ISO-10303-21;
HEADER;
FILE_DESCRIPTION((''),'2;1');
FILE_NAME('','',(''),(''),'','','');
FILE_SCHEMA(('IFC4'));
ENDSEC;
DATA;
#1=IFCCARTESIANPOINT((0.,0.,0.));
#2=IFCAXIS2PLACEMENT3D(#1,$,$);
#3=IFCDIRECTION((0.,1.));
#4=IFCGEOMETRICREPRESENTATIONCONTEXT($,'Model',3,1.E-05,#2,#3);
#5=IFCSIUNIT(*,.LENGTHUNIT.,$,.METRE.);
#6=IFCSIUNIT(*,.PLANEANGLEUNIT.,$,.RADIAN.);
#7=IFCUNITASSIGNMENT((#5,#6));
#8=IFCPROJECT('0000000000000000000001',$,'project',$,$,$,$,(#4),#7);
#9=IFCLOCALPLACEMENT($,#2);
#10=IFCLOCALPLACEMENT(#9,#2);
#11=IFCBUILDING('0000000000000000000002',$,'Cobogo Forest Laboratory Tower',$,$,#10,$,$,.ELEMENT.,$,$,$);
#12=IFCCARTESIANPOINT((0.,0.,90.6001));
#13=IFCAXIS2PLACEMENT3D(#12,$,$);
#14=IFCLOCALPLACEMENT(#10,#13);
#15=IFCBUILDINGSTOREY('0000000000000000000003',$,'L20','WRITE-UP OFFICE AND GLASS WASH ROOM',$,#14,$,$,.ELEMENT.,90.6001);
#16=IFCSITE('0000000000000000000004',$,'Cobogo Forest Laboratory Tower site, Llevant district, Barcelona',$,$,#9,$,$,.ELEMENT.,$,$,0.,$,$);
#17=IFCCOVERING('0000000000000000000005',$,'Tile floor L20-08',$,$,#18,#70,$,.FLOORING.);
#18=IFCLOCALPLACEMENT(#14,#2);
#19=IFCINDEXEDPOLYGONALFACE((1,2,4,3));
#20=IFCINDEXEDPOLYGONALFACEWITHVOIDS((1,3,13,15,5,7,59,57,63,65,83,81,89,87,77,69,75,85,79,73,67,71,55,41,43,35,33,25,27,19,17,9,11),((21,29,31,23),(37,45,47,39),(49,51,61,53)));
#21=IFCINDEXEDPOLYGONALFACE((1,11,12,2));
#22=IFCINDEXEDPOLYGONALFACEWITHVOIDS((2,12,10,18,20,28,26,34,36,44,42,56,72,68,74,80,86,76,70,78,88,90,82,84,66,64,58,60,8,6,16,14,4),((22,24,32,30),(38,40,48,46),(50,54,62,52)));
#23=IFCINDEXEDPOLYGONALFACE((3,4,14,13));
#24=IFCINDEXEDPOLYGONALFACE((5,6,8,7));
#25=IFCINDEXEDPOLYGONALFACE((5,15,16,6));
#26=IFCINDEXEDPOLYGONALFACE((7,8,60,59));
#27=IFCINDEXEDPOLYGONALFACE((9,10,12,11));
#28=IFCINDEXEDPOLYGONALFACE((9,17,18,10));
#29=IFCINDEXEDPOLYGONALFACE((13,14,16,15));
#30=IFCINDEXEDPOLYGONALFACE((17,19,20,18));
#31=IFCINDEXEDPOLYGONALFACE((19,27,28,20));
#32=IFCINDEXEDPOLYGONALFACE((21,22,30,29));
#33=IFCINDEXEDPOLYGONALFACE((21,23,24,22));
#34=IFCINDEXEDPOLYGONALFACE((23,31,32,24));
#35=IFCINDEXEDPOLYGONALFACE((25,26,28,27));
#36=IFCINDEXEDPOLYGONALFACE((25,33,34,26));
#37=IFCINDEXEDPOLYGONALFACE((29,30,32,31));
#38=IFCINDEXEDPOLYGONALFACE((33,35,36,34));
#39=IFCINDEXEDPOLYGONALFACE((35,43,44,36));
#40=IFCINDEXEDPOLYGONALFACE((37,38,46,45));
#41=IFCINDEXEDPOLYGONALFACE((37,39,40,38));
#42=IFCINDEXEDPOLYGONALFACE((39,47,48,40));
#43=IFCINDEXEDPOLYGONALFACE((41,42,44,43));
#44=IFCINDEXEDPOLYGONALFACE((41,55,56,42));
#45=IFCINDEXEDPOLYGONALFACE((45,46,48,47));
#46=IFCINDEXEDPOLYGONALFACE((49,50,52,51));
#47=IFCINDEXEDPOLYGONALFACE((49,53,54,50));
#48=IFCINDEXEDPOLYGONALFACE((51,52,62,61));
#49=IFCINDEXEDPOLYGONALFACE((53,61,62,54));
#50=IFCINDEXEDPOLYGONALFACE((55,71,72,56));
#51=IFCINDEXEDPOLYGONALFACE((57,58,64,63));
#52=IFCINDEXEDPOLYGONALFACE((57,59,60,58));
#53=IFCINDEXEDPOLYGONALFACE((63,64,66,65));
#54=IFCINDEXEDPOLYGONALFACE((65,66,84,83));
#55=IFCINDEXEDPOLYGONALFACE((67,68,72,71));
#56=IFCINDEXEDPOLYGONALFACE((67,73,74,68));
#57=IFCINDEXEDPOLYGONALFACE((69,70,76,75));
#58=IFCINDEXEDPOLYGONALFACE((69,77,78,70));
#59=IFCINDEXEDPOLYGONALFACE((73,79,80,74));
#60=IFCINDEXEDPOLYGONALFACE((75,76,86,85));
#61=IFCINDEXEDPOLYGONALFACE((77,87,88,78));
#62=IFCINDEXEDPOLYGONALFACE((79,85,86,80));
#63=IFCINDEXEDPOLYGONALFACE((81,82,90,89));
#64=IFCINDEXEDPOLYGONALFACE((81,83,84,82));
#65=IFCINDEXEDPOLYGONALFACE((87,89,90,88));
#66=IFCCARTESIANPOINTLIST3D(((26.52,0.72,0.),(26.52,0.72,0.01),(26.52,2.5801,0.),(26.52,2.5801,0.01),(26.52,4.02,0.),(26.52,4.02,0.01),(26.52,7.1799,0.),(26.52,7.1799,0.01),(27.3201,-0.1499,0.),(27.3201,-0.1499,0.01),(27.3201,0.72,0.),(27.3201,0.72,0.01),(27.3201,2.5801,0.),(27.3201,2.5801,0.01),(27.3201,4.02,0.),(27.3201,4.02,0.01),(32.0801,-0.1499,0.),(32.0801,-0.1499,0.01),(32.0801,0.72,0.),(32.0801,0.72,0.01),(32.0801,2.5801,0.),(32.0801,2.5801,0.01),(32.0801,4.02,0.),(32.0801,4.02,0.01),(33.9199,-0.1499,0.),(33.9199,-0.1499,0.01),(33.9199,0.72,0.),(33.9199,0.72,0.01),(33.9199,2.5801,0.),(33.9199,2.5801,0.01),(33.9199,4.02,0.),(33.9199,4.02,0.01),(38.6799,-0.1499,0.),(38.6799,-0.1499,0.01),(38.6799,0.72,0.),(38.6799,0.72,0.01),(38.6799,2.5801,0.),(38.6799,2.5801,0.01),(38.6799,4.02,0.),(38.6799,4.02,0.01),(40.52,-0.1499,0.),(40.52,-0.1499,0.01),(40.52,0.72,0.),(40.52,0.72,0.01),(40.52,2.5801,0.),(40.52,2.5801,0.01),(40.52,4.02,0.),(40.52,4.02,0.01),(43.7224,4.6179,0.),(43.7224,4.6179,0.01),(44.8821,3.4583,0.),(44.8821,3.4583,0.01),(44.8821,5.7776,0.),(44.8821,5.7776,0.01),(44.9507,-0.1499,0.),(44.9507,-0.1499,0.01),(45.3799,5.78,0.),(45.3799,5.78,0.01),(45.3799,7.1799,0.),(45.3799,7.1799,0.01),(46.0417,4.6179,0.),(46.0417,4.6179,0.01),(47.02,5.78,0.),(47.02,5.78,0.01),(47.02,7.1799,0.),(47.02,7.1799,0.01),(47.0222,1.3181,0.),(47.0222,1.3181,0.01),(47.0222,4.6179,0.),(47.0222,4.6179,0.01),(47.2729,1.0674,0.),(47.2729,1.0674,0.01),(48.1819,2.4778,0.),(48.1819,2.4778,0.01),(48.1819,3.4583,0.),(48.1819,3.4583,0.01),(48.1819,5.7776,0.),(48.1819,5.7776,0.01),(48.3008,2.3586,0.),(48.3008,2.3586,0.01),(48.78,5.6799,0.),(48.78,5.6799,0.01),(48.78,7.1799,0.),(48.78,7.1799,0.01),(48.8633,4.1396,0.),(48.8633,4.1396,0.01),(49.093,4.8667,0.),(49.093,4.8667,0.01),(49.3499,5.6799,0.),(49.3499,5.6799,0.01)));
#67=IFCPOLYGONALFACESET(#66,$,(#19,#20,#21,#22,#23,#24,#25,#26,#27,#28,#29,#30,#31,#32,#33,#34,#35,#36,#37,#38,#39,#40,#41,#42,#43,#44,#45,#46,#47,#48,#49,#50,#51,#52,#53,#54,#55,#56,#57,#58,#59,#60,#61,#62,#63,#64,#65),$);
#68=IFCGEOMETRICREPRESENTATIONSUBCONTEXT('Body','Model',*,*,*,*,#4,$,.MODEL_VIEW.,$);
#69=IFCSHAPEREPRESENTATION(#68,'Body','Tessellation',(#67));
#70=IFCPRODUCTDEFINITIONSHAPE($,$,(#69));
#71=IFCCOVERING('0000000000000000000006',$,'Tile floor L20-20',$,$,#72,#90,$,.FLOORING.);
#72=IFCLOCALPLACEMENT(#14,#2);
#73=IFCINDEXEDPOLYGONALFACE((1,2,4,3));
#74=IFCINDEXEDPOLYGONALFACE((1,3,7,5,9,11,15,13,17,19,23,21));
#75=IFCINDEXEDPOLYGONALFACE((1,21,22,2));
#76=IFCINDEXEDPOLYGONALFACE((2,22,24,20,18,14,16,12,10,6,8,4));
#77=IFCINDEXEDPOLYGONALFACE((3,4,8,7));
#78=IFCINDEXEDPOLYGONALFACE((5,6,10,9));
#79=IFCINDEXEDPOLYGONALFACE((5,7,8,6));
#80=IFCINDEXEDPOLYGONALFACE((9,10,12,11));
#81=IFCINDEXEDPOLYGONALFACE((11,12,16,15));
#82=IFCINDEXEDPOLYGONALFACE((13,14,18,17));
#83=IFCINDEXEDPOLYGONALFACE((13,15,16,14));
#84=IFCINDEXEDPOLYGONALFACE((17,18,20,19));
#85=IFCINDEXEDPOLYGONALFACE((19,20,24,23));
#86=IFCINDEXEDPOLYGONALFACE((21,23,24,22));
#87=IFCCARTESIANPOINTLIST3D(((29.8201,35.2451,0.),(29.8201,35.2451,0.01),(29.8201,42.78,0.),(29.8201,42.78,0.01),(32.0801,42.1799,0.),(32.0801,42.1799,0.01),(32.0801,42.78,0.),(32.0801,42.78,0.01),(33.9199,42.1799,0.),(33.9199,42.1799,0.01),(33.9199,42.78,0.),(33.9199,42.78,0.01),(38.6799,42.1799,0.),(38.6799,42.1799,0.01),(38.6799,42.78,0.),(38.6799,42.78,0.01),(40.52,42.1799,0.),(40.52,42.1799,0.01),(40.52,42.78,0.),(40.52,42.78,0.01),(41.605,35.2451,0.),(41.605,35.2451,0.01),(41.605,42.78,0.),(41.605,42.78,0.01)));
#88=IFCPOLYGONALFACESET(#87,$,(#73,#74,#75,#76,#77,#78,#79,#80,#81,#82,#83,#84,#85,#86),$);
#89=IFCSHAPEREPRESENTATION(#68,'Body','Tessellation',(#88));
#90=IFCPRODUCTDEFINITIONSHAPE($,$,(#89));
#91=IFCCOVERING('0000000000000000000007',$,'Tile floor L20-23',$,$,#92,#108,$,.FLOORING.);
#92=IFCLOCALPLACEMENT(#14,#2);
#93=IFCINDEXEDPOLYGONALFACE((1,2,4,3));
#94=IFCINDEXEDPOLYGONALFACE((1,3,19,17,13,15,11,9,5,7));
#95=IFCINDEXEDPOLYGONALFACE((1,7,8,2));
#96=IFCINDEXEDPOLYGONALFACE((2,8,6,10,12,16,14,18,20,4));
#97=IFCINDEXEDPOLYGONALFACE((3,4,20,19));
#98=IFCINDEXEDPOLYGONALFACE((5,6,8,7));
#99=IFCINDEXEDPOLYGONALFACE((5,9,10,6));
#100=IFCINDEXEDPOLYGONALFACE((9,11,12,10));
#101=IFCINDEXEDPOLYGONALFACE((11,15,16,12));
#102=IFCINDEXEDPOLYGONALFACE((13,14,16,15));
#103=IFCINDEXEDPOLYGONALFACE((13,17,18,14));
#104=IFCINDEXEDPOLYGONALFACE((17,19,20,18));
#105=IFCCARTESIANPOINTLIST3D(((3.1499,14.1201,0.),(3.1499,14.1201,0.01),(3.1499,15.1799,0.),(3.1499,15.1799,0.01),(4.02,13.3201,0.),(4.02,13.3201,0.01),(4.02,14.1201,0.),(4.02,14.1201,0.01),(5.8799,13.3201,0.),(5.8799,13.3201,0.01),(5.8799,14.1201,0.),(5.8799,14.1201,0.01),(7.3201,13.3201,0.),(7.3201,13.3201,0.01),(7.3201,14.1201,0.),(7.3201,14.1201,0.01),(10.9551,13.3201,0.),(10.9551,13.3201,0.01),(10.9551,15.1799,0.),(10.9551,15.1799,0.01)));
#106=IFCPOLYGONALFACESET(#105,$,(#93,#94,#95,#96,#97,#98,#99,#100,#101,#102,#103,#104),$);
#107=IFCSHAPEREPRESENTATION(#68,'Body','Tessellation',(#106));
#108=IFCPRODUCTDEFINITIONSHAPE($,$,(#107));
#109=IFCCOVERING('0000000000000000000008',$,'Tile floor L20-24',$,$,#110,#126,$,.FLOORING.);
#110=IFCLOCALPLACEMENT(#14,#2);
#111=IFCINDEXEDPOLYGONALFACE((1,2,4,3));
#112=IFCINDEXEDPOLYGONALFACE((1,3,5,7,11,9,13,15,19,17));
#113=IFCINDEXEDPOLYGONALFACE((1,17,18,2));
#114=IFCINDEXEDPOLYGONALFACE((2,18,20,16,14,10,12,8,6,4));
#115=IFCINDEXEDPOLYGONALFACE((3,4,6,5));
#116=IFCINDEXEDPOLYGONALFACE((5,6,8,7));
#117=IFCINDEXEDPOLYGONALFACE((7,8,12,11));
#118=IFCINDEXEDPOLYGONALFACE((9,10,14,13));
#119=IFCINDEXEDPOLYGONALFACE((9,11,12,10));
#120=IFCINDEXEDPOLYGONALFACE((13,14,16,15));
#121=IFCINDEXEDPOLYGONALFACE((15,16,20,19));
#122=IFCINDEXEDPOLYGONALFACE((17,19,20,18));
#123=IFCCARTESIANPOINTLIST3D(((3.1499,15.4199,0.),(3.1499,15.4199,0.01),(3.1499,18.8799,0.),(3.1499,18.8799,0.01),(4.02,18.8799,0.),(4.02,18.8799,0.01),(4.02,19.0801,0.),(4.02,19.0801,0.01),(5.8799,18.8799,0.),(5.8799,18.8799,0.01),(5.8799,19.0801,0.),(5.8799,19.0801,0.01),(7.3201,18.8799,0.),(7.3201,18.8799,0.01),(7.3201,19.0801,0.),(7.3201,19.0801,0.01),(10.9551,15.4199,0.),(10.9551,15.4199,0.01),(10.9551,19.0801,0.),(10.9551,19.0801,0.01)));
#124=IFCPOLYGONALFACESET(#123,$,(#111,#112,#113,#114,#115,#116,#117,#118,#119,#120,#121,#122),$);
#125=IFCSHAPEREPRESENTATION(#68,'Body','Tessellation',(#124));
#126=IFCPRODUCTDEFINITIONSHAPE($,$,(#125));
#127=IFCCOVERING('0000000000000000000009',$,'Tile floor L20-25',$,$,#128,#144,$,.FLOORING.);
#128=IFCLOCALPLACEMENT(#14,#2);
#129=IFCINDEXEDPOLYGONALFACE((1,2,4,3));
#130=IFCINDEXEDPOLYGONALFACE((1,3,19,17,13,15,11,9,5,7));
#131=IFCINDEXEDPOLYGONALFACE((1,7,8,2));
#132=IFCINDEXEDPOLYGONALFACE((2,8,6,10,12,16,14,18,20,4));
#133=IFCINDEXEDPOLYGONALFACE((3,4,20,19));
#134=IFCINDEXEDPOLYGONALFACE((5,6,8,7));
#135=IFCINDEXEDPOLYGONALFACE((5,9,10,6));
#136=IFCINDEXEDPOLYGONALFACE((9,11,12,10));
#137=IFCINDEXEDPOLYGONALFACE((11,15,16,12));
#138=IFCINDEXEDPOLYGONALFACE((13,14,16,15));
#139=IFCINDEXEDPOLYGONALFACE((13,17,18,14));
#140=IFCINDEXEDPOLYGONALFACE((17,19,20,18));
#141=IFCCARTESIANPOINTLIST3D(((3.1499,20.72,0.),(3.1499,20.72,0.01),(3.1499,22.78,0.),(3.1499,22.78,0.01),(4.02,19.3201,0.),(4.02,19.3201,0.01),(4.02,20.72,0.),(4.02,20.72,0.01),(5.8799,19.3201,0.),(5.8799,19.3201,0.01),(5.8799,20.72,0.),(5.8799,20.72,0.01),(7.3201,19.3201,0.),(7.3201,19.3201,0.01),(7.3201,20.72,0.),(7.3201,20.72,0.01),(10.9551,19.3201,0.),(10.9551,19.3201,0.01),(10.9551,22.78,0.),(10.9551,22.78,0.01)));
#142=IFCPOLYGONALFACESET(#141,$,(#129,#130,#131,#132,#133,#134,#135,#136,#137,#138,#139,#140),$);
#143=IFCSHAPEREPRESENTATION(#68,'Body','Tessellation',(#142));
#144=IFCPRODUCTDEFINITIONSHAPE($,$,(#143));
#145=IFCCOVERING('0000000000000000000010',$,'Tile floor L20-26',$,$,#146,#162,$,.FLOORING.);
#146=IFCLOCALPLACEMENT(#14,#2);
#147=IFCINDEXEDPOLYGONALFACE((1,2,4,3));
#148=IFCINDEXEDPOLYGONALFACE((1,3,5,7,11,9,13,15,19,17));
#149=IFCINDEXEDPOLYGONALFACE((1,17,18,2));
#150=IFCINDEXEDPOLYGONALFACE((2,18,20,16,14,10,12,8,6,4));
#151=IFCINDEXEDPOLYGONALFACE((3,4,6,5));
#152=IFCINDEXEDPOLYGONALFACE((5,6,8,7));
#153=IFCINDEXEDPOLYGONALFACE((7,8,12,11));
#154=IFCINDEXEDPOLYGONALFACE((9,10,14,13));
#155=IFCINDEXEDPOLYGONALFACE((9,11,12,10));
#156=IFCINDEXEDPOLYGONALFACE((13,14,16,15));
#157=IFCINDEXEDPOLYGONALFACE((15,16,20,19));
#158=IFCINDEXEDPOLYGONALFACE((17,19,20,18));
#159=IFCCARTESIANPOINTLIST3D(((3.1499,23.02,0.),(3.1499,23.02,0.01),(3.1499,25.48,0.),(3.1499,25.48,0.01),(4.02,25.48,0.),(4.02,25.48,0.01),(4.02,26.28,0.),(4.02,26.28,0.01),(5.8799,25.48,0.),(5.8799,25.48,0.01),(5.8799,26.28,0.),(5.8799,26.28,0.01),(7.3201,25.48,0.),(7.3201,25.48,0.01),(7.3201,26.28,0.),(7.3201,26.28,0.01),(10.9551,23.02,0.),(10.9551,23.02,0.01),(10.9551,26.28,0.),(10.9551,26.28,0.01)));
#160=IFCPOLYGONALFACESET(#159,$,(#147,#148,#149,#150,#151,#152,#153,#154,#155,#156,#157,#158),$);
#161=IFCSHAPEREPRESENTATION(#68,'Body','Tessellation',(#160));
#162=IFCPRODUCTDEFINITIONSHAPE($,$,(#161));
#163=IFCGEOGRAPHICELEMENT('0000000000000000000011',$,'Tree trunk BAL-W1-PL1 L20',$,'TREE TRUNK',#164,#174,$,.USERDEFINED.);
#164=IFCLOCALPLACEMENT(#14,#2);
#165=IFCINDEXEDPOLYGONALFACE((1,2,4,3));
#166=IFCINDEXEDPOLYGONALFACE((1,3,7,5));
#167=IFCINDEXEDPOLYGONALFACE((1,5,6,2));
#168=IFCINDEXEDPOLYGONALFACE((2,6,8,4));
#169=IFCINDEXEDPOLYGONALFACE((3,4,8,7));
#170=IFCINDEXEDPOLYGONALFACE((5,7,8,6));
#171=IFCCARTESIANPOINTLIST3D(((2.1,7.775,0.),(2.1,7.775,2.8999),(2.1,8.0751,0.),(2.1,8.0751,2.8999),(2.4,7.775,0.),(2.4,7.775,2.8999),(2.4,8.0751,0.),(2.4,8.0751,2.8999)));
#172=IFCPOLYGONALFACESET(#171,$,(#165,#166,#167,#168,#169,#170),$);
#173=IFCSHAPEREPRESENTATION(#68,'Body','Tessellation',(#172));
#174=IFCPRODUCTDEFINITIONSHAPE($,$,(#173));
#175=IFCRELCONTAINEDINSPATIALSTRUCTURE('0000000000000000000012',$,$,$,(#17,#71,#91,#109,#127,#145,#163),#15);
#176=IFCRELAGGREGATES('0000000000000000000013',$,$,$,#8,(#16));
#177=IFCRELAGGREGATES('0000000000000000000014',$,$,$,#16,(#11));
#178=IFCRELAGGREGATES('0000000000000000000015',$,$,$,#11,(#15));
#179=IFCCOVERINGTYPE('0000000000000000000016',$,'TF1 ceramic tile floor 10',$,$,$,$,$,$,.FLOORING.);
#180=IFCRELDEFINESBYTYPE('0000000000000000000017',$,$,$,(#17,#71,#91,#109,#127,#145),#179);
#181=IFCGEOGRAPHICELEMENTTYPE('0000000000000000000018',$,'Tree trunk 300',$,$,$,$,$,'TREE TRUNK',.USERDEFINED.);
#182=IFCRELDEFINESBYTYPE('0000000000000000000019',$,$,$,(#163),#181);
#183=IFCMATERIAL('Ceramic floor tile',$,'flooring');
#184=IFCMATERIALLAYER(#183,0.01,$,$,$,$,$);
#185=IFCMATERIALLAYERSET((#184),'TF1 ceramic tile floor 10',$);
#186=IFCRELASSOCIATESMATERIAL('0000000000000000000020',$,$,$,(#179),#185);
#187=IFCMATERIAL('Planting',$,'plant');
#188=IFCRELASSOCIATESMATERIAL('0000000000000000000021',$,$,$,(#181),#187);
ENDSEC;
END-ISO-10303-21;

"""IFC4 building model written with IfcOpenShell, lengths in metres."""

from ifc_helpers import new_model, si_unit, direction, frame, origin, origin_2d, place, context, subcontext, project, spatial, polyline, rectangle, outline, extrude, material, layer, layer_set, type_object, element, save


model = new_model("IFC4")

# Units and contexts
model_context = context("Model", 3, precision=1e-05, world=origin(), true_north=direction((0.0, 1.0)))
body_context = subcontext(model_context, "Body", "Model", "MODEL_VIEW")
ifc_project = project(units=[si_unit("LENGTHUNIT", "METRE"), si_unit("PLANEANGLEUNIT", "RADIAN")], contexts=[model_context])

# Site, building, storey
site_placement = place(None, origin())
site = spatial("IfcSite", under=ifc_project, at=site_placement, Name="Cobogo Forest Laboratory Tower site, Llevant district, Barcelona", CompositionType="ELEMENT", RefElevation=0.0)
building_placement = place(site_placement, origin())
building = spatial("IfcBuilding", under=site, at=building_placement, Name="Cobogo Forest Laboratory Tower", CompositionType="ELEMENT")
storey_placement = place(building_placement, frame((0.0, 0.0, 90.6001)))
storey = spatial("IfcBuildingStorey", under=building, at=storey_placement, Name="L20", Description="WRITE-UP OFFICE AND GLASS WASH ROOM", CompositionType="ELEMENT", Elevation=90.6001)

# Coverings
ifc_material_1 = material(Name="Ceramic floor tile", Category="flooring")
ifc_layer_1 = layer(ifc_material_1, 0.01)
ifc_layer_set_1 = layer_set([ifc_layer_1], Name="TF1 ceramic tile floor 10")
covering_type_1 = type_object("IfcCoveringType", Name="TF1 ceramic tile floor 10", PredefinedType="FLOORING", material=ifc_layer_set_1)
covering_1_placement = place(storey_placement, origin())
element("IfcCovering", 1, at=covering_1_placement, inside=storey, type_object=covering_type_1, Name="Tile floor L20-08", PredefinedType="FLOORING", context=body_context, shape_type="SweptSolid", body=[
    extrude(outline(polyline([(45.3799, 7.1799), (45.3799, 5.78), (47.02, 5.78), (47.02, 7.1799), (48.78, 7.1799), (48.78, 5.6799), (49.3499, 5.6799), (49.093, 4.8667), (48.1819, 5.7776), (47.0222, 4.6179), (48.1819, 3.4583), (48.8633, 4.1396), (48.3008, 2.3586), (48.1819, 2.4778), (47.0222, 1.3181), (47.2729, 1.0674), (44.9507, -0.1499), (40.52, -0.1499), (40.52, 0.72), (38.6799, 0.72), (38.6799, -0.1499), (33.9199, -0.1499), (33.9199, 0.72), (32.0801, 0.72), (32.0801, -0.1499), (27.3201, -0.1499), (27.3201, 0.72), (26.52, 0.72), (26.52, 2.5801), (27.3201, 2.5801), (27.3201, 4.02), (26.52, 4.02), (26.52, 7.1799), (45.3799, 7.1799)]), holes=[polyline([(43.7224, 4.6179), (44.8821, 3.4583), (46.0417, 4.6179), (44.8821, 5.7776), (43.7224, 4.6179)]), polyline([(38.6799, 4.02), (38.6799, 2.5801), (40.52, 2.5801), (40.52, 4.02), (38.6799, 4.02)]), polyline([(32.0801, 4.02), (32.0801, 2.5801), (33.9199, 2.5801), (33.9199, 4.02), (32.0801, 4.02)])]), origin(), (0.0, 0.0, 1.0), 0.01),
])
covering_2_placement = place(storey_placement, origin())
element("IfcCovering", 2, at=covering_2_placement, inside=storey, type_object=covering_type_1, Name="Tile floor L20-20", PredefinedType="FLOORING", context=body_context, shape_type="SweptSolid", body=[
    extrude(outline(polyline([(29.8201, 42.78), (32.0801, 42.78), (32.0801, 42.1799), (33.9199, 42.1799), (33.9199, 42.78), (38.6799, 42.78), (38.6799, 42.1799), (40.52, 42.1799), (40.52, 42.78), (41.605, 42.78), (41.605, 35.2451), (29.8201, 35.2451), (29.8201, 42.78)])), origin(), (0.0, 0.0, 1.0), 0.01),
])
covering_3_placement = place(storey_placement, origin())
element("IfcCovering", 3, at=covering_3_placement, inside=storey, type_object=covering_type_1, Name="Tile floor L20-23", PredefinedType="FLOORING", context=body_context, shape_type="SweptSolid", body=[
    extrude(outline(polyline([(10.9551, 13.3201), (7.3201, 13.3201), (7.3201, 14.1201), (5.8799, 14.1201), (5.8799, 13.3201), (4.02, 13.3201), (4.02, 14.1201), (3.1499, 14.1201), (3.1499, 15.1799), (10.9551, 15.1799), (10.9551, 13.3201)])), origin(), (0.0, 0.0, 1.0), 0.01),
])
covering_4_placement = place(storey_placement, origin())
element("IfcCovering", 4, at=covering_4_placement, inside=storey, type_object=covering_type_1, Name="Tile floor L20-24", PredefinedType="FLOORING", context=body_context, shape_type="SweptSolid", body=[
    extrude(outline(polyline([(10.9551, 15.4199), (3.1499, 15.4199), (3.1499, 18.8799), (4.02, 18.8799), (4.02, 19.0801), (5.8799, 19.0801), (5.8799, 18.8799), (7.3201, 18.8799), (7.3201, 19.0801), (10.9551, 19.0801), (10.9551, 15.4199)])), origin(), (0.0, 0.0, 1.0), 0.01),
])
covering_5_placement = place(storey_placement, origin())
element("IfcCovering", 5, at=covering_5_placement, inside=storey, type_object=covering_type_1, Name="Tile floor L20-25", PredefinedType="FLOORING", context=body_context, shape_type="SweptSolid", body=[
    extrude(outline(polyline([(10.9551, 19.3201), (7.3201, 19.3201), (7.3201, 20.72), (5.8799, 20.72), (5.8799, 19.3201), (4.02, 19.3201), (4.02, 20.72), (3.1499, 20.72), (3.1499, 22.78), (10.9551, 22.78), (10.9551, 19.3201)])), origin(), (0.0, 0.0, 1.0), 0.01),
])
covering_6_placement = place(storey_placement, origin())
element("IfcCovering", 6, at=covering_6_placement, inside=storey, type_object=covering_type_1, Name="Tile floor L20-26", PredefinedType="FLOORING", context=body_context, shape_type="SweptSolid", body=[
    extrude(outline(polyline([(10.9551, 23.02), (3.1499, 23.02), (3.1499, 25.48), (4.02, 25.48), (4.02, 26.28), (5.8799, 26.28), (5.8799, 25.48), (7.3201, 25.48), (7.3201, 26.28), (10.9551, 26.28), (10.9551, 23.02)])), origin(), (0.0, 0.0, 1.0), 0.01),
])

# Geographic element
ifc_material_2 = material(Name="Planting", Category="plant")
geographic_element_type = type_object("IfcGeographicElementType", Name="Tree trunk 300", ElementType="TREE TRUNK", PredefinedType="USERDEFINED", material=ifc_material_2)
geographic_element_placement = place(storey_placement, frame((2.25, 7.925, 0.0), z_axis=(0.0, 0.0, 1.0), x_axis=(1.0, 0.0, 0.0)))
element("IfcGeographicElement", 7, at=geographic_element_placement, inside=storey, type_object=geographic_element_type, Name="Tree trunk BAL-W1-PL1 L20", ObjectType="TREE TRUNK", PredefinedType="USERDEFINED", context=body_context, shape_type="SweptSolid", body=[
    extrude(rectangle(XDim=0.3, YDim=0.3, at=origin_2d()), origin(), (0.0, 0.0, 1.0), 2.8999),
])

save(model, "model.ifc")
